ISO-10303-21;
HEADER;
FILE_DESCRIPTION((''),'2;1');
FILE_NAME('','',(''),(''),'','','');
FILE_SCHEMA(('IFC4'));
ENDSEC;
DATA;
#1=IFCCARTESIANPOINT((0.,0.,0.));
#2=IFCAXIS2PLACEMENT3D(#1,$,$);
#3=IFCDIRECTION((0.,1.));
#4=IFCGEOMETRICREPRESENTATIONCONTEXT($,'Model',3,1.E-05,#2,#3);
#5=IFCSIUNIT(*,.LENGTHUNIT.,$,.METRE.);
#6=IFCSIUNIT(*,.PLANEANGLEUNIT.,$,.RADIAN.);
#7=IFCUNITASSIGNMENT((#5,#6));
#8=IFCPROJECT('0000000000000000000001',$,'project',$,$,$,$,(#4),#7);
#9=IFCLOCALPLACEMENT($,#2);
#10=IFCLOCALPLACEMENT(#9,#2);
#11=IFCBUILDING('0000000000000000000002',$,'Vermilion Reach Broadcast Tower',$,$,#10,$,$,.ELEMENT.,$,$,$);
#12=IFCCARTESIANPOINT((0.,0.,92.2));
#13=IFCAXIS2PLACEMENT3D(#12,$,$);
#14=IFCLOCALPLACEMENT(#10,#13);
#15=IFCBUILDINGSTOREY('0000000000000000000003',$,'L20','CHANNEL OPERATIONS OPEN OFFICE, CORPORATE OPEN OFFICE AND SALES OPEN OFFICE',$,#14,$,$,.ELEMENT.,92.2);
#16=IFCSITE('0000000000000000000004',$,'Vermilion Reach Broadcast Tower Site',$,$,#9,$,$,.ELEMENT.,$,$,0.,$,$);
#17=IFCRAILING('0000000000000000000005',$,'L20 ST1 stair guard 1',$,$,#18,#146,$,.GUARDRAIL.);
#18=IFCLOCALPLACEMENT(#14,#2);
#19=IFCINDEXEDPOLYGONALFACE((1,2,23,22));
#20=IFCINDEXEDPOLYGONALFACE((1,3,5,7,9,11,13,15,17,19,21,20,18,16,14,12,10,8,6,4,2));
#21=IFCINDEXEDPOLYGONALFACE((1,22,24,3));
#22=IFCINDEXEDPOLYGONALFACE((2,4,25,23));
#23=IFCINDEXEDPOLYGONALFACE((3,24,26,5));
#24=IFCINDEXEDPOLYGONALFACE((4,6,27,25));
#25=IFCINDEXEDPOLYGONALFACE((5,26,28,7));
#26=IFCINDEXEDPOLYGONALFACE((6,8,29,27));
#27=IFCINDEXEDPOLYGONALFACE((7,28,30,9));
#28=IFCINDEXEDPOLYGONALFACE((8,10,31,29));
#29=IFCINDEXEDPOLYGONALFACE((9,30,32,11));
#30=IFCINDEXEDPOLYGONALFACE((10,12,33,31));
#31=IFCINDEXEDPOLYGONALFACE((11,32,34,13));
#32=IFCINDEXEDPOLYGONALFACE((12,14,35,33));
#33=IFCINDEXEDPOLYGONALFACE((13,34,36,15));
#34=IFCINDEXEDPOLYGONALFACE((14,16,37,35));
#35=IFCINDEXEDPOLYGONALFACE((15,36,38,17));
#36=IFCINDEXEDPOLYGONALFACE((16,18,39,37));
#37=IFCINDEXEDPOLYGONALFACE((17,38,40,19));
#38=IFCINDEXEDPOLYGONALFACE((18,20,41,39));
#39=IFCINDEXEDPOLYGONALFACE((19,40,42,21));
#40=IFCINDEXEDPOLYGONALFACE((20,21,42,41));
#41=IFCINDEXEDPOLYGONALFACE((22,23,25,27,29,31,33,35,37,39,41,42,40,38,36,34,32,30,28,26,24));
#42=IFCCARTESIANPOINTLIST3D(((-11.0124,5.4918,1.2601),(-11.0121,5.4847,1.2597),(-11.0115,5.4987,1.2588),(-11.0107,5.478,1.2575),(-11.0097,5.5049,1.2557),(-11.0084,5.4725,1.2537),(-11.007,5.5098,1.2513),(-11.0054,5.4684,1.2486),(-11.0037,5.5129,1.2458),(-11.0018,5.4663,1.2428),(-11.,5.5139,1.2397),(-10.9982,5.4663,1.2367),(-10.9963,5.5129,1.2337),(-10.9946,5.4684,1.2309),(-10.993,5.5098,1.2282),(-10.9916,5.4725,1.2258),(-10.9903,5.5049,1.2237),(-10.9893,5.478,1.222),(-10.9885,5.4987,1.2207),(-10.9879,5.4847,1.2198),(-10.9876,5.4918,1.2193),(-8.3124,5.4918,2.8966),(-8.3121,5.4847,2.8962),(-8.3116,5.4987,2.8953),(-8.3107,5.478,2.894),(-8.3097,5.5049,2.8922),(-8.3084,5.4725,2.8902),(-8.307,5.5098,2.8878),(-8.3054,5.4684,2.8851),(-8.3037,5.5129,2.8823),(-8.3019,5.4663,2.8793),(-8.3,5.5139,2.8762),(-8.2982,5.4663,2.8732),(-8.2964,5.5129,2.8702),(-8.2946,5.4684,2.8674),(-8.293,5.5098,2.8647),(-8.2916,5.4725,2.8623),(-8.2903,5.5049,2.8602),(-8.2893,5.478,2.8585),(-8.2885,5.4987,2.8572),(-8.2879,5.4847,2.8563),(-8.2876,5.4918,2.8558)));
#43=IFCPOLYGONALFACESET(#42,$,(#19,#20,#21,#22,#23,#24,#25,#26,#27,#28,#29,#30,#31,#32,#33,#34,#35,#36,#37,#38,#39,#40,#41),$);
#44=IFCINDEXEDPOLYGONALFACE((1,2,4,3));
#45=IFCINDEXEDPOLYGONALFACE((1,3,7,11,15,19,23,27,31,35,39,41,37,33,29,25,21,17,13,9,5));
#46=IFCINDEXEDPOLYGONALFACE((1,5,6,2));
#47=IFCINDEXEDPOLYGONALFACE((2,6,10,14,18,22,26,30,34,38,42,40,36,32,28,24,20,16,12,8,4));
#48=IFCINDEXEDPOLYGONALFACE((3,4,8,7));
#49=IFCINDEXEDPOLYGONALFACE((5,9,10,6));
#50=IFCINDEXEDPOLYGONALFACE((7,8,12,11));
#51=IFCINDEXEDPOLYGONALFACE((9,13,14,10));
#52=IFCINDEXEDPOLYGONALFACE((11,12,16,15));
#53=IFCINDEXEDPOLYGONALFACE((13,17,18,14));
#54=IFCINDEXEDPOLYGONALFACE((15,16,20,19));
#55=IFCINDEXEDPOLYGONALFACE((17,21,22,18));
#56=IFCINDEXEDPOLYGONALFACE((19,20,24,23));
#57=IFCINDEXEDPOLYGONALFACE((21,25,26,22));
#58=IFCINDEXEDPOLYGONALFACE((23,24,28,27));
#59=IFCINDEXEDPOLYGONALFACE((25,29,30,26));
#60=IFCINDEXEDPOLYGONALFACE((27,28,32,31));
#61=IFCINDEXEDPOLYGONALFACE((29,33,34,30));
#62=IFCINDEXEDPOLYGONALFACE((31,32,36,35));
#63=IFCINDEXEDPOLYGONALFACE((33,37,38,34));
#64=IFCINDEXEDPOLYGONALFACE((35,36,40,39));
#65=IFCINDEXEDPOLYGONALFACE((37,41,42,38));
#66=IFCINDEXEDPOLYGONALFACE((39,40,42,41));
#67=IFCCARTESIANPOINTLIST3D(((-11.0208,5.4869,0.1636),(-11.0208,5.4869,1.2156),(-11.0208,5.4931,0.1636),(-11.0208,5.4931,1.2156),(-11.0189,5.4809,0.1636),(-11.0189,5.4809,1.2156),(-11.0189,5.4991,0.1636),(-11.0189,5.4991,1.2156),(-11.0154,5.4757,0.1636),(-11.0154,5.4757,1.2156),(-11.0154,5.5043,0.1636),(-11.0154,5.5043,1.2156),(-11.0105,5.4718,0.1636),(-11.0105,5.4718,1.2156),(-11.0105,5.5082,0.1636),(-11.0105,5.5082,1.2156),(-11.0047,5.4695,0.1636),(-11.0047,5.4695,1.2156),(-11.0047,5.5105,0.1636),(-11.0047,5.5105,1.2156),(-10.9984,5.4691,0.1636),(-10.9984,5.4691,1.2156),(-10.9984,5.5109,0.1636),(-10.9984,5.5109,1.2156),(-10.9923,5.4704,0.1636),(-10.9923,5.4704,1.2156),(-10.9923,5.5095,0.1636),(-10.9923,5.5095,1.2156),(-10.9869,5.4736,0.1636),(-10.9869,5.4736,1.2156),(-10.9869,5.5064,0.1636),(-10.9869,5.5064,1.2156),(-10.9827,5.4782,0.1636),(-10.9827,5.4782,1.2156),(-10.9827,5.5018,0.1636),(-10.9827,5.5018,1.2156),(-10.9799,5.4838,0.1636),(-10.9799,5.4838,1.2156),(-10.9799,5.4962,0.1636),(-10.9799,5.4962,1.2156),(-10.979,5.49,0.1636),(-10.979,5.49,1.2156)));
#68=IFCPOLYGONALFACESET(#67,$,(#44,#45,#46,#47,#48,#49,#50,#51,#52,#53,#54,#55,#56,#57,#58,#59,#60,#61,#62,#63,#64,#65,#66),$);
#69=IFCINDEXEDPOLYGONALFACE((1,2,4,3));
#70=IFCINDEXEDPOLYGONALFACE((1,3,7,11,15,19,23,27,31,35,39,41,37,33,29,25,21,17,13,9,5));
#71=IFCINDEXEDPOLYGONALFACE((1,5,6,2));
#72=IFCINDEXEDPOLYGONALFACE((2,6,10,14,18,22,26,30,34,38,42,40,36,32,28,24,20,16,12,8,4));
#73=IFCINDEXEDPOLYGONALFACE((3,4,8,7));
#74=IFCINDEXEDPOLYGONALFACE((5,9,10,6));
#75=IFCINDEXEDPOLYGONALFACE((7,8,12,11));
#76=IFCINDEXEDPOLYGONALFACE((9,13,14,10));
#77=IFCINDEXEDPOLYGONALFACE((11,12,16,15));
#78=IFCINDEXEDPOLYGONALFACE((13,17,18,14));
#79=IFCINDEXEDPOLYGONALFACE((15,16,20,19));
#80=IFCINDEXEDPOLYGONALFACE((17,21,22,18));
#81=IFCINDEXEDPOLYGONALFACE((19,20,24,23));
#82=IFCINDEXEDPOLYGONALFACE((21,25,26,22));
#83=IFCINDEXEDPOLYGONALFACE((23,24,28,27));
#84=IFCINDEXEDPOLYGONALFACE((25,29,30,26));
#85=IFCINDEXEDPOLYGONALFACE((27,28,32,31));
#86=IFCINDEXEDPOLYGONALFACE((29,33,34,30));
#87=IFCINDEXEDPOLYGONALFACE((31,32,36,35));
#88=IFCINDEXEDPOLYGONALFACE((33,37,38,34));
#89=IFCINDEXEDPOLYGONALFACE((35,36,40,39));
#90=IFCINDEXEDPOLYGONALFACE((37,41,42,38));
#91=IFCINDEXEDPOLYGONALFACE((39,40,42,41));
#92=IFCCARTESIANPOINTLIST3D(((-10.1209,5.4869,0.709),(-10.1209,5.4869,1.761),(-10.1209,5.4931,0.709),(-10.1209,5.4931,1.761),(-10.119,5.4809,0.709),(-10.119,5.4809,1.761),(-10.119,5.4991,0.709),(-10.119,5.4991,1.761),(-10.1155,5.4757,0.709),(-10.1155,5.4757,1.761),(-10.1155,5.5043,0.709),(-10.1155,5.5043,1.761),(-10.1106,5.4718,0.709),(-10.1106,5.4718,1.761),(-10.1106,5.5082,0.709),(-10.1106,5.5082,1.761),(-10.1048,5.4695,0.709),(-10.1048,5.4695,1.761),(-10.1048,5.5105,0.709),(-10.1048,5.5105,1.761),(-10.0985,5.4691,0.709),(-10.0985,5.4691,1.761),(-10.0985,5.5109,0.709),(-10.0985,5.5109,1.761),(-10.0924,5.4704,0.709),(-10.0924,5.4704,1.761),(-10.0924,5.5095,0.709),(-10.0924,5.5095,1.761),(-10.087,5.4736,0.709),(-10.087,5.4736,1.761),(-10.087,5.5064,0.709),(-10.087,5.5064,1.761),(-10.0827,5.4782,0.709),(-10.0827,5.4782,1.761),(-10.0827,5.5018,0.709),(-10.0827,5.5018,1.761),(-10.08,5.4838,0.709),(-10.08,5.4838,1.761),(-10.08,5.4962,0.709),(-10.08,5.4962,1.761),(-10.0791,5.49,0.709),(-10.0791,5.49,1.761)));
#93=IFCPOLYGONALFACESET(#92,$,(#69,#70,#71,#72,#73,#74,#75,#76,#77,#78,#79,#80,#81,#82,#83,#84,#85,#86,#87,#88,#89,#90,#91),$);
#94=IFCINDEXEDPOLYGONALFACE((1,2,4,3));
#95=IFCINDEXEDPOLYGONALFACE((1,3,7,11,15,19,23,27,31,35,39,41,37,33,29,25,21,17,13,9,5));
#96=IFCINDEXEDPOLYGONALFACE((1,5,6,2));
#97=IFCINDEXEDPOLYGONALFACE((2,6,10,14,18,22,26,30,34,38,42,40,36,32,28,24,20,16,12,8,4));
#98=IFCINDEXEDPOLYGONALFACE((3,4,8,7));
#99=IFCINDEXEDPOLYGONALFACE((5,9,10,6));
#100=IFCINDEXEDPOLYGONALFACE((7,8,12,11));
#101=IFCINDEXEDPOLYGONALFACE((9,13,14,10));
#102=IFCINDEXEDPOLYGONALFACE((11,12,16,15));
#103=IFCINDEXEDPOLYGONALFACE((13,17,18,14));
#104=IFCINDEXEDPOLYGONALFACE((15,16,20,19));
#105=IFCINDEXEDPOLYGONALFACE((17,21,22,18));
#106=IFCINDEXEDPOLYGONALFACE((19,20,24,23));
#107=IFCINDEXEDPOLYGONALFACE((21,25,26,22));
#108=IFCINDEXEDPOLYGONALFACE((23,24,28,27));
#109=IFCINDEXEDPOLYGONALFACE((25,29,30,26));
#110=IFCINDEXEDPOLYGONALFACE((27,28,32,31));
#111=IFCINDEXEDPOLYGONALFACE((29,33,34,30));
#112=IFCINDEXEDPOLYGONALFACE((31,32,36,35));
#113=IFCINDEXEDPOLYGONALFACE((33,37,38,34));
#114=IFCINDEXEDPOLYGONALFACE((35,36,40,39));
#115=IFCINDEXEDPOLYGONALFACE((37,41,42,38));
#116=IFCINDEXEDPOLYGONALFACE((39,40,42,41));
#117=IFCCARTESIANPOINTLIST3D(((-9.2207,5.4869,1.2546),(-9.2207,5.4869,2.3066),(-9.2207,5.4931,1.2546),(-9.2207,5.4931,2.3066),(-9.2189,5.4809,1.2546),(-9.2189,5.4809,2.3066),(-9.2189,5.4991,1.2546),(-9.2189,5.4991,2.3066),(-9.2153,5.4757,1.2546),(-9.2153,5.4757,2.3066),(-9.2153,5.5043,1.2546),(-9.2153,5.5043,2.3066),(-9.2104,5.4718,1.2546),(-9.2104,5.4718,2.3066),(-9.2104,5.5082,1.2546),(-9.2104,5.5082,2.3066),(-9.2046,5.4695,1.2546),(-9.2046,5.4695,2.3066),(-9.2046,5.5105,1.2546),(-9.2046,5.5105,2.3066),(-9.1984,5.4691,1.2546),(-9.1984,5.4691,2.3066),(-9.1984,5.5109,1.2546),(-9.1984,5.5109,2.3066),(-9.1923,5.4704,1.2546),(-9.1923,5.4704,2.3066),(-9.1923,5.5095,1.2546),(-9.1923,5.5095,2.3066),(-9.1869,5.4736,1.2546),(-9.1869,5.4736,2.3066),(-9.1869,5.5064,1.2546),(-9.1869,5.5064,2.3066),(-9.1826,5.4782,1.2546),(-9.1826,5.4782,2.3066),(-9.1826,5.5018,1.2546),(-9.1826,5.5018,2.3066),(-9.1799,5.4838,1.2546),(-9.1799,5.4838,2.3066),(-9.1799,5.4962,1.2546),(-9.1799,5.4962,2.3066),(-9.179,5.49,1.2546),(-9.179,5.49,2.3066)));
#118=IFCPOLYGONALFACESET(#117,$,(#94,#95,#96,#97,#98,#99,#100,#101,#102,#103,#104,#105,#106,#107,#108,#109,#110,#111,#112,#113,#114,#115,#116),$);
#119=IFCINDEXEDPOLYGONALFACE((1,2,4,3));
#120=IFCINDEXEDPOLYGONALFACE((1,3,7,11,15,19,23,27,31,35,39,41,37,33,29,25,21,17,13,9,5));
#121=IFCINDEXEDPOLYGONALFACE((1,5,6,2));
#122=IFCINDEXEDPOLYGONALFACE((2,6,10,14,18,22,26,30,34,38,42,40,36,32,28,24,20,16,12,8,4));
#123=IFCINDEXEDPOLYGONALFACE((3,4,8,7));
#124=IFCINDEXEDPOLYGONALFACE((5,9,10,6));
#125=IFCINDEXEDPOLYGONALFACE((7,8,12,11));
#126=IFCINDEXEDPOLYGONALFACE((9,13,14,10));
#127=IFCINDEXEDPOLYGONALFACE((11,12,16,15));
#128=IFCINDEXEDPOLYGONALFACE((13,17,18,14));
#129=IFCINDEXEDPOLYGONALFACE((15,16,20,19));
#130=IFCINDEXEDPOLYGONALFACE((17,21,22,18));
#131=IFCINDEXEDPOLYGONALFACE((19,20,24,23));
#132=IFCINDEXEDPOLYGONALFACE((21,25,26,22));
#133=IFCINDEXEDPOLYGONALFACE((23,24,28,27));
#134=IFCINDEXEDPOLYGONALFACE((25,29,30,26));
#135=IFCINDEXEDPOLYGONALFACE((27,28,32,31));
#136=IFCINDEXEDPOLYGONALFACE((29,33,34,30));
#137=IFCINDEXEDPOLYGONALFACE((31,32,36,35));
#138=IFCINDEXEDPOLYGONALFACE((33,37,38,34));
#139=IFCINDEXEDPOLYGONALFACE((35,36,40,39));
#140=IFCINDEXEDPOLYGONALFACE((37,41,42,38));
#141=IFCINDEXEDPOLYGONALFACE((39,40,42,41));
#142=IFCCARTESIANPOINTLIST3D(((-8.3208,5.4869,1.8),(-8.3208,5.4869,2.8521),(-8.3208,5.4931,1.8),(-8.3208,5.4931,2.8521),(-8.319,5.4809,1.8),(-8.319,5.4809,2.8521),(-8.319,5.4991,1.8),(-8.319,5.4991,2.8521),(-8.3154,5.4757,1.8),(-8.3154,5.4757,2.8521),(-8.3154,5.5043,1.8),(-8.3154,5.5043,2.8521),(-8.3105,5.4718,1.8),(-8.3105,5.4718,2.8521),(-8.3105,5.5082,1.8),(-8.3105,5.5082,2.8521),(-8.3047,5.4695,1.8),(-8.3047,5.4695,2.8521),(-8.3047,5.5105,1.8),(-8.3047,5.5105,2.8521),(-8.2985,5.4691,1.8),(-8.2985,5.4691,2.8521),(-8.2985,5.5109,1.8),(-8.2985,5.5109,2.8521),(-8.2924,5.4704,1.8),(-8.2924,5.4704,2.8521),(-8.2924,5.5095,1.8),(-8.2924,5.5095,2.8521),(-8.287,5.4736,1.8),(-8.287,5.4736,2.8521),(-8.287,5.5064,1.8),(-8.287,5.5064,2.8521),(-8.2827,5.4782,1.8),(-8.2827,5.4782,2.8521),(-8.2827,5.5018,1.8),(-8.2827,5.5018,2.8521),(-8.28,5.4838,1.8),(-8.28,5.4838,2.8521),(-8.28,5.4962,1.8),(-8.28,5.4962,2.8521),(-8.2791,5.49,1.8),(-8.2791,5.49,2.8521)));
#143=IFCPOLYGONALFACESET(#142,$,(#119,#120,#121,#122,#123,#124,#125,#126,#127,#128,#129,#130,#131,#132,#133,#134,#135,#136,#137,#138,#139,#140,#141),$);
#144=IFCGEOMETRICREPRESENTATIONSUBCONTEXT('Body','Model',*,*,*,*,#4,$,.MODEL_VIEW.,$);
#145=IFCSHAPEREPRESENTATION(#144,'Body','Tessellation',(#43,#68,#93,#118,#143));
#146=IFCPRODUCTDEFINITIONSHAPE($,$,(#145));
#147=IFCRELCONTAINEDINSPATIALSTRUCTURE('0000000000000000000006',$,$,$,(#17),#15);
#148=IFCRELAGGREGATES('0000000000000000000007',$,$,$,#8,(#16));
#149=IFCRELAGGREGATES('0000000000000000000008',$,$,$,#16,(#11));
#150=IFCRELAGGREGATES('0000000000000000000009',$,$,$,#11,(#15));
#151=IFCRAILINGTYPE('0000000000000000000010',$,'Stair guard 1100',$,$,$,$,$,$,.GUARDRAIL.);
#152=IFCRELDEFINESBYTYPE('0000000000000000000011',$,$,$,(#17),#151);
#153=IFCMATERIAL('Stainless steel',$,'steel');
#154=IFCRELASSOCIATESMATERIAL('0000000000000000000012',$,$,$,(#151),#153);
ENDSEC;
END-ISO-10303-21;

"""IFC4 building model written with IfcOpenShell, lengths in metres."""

from ifc_helpers import new_model, si_unit, direction, frame, origin, origin_2d, place, context, subcontext, project, spatial, circle, extrude, material, type_object, element, save


model = new_model("IFC4")

# Units and contexts
model_context = context("Model", 3, precision=1e-05, world=origin(), true_north=direction((0.0, 1.0)))
body_context = subcontext(model_context, "Body", "Model", "MODEL_VIEW")
ifc_project = project(units=[si_unit("LENGTHUNIT", "METRE"), si_unit("PLANEANGLEUNIT", "RADIAN")], contexts=[model_context])

# Site, building, storey
site_placement = place(None, origin())
site = spatial("IfcSite", under=ifc_project, at=site_placement, Name="Vermilion Reach Broadcast Tower Site", CompositionType="ELEMENT", RefElevation=0.0)
building_placement = place(site_placement, origin())
building = spatial("IfcBuilding", under=site, at=building_placement, Name="Vermilion Reach Broadcast Tower", CompositionType="ELEMENT")
storey_placement = place(building_placement, frame((0.0, 0.0, 92.2)))
storey = spatial("IfcBuildingStorey", under=building, at=storey_placement, Name="L20", Description="CHANNEL OPERATIONS OPEN OFFICE, CORPORATE OPEN OFFICE AND SALES OPEN OFFICE", CompositionType="ELEMENT", Elevation=92.2)

# Railing
ifc_material_1 = material(Name="Stainless steel", Category="steel")
railing_type_1 = type_object("IfcRailingType", Name="Stair guard 1100", PredefinedType="GUARDRAIL", material=ifc_material_1)
railing_1_placement = place(storey_placement, frame((-11.0, 5.49, 0.1636)))
element("IfcRailing", 1, at=railing_1_placement, inside=storey, type_object=railing_type_1, Name="L20 ST1 stair guard 1", PredefinedType="GUARDRAIL", context=body_context, shape_type="SweptSolid", body=[
    extrude(circle(Radius=0.0239, at=origin_2d()), frame((0.0, 0.0, 1.0762), z_axis=(0.855178, 0.0, 0.518334), x_axis=(0.0, 1.0, 0.0)), (0.0, 0.0, 1.0), 3.1572),
    extrude(circle(Radius=0.021, at=origin_2d()), origin(), (0.0, 0.0, 1.0), 1.052),
    extrude(circle(Radius=0.021, at=origin_2d()), frame((0.8999, 0.0, 0.5454)), (0.0, 0.0, 1.0), 1.052),
    extrude(circle(Radius=0.021, at=origin_2d()), frame((1.8, 0.0, 1.0911)), (0.0, 0.0, 1.0), 1.052),
    extrude(circle(Radius=0.021, at=origin_2d()), frame((2.7, 0.0, 1.6365)), (0.0, 0.0, 1.0), 1.052),
])

save(model, "model.ifc")
